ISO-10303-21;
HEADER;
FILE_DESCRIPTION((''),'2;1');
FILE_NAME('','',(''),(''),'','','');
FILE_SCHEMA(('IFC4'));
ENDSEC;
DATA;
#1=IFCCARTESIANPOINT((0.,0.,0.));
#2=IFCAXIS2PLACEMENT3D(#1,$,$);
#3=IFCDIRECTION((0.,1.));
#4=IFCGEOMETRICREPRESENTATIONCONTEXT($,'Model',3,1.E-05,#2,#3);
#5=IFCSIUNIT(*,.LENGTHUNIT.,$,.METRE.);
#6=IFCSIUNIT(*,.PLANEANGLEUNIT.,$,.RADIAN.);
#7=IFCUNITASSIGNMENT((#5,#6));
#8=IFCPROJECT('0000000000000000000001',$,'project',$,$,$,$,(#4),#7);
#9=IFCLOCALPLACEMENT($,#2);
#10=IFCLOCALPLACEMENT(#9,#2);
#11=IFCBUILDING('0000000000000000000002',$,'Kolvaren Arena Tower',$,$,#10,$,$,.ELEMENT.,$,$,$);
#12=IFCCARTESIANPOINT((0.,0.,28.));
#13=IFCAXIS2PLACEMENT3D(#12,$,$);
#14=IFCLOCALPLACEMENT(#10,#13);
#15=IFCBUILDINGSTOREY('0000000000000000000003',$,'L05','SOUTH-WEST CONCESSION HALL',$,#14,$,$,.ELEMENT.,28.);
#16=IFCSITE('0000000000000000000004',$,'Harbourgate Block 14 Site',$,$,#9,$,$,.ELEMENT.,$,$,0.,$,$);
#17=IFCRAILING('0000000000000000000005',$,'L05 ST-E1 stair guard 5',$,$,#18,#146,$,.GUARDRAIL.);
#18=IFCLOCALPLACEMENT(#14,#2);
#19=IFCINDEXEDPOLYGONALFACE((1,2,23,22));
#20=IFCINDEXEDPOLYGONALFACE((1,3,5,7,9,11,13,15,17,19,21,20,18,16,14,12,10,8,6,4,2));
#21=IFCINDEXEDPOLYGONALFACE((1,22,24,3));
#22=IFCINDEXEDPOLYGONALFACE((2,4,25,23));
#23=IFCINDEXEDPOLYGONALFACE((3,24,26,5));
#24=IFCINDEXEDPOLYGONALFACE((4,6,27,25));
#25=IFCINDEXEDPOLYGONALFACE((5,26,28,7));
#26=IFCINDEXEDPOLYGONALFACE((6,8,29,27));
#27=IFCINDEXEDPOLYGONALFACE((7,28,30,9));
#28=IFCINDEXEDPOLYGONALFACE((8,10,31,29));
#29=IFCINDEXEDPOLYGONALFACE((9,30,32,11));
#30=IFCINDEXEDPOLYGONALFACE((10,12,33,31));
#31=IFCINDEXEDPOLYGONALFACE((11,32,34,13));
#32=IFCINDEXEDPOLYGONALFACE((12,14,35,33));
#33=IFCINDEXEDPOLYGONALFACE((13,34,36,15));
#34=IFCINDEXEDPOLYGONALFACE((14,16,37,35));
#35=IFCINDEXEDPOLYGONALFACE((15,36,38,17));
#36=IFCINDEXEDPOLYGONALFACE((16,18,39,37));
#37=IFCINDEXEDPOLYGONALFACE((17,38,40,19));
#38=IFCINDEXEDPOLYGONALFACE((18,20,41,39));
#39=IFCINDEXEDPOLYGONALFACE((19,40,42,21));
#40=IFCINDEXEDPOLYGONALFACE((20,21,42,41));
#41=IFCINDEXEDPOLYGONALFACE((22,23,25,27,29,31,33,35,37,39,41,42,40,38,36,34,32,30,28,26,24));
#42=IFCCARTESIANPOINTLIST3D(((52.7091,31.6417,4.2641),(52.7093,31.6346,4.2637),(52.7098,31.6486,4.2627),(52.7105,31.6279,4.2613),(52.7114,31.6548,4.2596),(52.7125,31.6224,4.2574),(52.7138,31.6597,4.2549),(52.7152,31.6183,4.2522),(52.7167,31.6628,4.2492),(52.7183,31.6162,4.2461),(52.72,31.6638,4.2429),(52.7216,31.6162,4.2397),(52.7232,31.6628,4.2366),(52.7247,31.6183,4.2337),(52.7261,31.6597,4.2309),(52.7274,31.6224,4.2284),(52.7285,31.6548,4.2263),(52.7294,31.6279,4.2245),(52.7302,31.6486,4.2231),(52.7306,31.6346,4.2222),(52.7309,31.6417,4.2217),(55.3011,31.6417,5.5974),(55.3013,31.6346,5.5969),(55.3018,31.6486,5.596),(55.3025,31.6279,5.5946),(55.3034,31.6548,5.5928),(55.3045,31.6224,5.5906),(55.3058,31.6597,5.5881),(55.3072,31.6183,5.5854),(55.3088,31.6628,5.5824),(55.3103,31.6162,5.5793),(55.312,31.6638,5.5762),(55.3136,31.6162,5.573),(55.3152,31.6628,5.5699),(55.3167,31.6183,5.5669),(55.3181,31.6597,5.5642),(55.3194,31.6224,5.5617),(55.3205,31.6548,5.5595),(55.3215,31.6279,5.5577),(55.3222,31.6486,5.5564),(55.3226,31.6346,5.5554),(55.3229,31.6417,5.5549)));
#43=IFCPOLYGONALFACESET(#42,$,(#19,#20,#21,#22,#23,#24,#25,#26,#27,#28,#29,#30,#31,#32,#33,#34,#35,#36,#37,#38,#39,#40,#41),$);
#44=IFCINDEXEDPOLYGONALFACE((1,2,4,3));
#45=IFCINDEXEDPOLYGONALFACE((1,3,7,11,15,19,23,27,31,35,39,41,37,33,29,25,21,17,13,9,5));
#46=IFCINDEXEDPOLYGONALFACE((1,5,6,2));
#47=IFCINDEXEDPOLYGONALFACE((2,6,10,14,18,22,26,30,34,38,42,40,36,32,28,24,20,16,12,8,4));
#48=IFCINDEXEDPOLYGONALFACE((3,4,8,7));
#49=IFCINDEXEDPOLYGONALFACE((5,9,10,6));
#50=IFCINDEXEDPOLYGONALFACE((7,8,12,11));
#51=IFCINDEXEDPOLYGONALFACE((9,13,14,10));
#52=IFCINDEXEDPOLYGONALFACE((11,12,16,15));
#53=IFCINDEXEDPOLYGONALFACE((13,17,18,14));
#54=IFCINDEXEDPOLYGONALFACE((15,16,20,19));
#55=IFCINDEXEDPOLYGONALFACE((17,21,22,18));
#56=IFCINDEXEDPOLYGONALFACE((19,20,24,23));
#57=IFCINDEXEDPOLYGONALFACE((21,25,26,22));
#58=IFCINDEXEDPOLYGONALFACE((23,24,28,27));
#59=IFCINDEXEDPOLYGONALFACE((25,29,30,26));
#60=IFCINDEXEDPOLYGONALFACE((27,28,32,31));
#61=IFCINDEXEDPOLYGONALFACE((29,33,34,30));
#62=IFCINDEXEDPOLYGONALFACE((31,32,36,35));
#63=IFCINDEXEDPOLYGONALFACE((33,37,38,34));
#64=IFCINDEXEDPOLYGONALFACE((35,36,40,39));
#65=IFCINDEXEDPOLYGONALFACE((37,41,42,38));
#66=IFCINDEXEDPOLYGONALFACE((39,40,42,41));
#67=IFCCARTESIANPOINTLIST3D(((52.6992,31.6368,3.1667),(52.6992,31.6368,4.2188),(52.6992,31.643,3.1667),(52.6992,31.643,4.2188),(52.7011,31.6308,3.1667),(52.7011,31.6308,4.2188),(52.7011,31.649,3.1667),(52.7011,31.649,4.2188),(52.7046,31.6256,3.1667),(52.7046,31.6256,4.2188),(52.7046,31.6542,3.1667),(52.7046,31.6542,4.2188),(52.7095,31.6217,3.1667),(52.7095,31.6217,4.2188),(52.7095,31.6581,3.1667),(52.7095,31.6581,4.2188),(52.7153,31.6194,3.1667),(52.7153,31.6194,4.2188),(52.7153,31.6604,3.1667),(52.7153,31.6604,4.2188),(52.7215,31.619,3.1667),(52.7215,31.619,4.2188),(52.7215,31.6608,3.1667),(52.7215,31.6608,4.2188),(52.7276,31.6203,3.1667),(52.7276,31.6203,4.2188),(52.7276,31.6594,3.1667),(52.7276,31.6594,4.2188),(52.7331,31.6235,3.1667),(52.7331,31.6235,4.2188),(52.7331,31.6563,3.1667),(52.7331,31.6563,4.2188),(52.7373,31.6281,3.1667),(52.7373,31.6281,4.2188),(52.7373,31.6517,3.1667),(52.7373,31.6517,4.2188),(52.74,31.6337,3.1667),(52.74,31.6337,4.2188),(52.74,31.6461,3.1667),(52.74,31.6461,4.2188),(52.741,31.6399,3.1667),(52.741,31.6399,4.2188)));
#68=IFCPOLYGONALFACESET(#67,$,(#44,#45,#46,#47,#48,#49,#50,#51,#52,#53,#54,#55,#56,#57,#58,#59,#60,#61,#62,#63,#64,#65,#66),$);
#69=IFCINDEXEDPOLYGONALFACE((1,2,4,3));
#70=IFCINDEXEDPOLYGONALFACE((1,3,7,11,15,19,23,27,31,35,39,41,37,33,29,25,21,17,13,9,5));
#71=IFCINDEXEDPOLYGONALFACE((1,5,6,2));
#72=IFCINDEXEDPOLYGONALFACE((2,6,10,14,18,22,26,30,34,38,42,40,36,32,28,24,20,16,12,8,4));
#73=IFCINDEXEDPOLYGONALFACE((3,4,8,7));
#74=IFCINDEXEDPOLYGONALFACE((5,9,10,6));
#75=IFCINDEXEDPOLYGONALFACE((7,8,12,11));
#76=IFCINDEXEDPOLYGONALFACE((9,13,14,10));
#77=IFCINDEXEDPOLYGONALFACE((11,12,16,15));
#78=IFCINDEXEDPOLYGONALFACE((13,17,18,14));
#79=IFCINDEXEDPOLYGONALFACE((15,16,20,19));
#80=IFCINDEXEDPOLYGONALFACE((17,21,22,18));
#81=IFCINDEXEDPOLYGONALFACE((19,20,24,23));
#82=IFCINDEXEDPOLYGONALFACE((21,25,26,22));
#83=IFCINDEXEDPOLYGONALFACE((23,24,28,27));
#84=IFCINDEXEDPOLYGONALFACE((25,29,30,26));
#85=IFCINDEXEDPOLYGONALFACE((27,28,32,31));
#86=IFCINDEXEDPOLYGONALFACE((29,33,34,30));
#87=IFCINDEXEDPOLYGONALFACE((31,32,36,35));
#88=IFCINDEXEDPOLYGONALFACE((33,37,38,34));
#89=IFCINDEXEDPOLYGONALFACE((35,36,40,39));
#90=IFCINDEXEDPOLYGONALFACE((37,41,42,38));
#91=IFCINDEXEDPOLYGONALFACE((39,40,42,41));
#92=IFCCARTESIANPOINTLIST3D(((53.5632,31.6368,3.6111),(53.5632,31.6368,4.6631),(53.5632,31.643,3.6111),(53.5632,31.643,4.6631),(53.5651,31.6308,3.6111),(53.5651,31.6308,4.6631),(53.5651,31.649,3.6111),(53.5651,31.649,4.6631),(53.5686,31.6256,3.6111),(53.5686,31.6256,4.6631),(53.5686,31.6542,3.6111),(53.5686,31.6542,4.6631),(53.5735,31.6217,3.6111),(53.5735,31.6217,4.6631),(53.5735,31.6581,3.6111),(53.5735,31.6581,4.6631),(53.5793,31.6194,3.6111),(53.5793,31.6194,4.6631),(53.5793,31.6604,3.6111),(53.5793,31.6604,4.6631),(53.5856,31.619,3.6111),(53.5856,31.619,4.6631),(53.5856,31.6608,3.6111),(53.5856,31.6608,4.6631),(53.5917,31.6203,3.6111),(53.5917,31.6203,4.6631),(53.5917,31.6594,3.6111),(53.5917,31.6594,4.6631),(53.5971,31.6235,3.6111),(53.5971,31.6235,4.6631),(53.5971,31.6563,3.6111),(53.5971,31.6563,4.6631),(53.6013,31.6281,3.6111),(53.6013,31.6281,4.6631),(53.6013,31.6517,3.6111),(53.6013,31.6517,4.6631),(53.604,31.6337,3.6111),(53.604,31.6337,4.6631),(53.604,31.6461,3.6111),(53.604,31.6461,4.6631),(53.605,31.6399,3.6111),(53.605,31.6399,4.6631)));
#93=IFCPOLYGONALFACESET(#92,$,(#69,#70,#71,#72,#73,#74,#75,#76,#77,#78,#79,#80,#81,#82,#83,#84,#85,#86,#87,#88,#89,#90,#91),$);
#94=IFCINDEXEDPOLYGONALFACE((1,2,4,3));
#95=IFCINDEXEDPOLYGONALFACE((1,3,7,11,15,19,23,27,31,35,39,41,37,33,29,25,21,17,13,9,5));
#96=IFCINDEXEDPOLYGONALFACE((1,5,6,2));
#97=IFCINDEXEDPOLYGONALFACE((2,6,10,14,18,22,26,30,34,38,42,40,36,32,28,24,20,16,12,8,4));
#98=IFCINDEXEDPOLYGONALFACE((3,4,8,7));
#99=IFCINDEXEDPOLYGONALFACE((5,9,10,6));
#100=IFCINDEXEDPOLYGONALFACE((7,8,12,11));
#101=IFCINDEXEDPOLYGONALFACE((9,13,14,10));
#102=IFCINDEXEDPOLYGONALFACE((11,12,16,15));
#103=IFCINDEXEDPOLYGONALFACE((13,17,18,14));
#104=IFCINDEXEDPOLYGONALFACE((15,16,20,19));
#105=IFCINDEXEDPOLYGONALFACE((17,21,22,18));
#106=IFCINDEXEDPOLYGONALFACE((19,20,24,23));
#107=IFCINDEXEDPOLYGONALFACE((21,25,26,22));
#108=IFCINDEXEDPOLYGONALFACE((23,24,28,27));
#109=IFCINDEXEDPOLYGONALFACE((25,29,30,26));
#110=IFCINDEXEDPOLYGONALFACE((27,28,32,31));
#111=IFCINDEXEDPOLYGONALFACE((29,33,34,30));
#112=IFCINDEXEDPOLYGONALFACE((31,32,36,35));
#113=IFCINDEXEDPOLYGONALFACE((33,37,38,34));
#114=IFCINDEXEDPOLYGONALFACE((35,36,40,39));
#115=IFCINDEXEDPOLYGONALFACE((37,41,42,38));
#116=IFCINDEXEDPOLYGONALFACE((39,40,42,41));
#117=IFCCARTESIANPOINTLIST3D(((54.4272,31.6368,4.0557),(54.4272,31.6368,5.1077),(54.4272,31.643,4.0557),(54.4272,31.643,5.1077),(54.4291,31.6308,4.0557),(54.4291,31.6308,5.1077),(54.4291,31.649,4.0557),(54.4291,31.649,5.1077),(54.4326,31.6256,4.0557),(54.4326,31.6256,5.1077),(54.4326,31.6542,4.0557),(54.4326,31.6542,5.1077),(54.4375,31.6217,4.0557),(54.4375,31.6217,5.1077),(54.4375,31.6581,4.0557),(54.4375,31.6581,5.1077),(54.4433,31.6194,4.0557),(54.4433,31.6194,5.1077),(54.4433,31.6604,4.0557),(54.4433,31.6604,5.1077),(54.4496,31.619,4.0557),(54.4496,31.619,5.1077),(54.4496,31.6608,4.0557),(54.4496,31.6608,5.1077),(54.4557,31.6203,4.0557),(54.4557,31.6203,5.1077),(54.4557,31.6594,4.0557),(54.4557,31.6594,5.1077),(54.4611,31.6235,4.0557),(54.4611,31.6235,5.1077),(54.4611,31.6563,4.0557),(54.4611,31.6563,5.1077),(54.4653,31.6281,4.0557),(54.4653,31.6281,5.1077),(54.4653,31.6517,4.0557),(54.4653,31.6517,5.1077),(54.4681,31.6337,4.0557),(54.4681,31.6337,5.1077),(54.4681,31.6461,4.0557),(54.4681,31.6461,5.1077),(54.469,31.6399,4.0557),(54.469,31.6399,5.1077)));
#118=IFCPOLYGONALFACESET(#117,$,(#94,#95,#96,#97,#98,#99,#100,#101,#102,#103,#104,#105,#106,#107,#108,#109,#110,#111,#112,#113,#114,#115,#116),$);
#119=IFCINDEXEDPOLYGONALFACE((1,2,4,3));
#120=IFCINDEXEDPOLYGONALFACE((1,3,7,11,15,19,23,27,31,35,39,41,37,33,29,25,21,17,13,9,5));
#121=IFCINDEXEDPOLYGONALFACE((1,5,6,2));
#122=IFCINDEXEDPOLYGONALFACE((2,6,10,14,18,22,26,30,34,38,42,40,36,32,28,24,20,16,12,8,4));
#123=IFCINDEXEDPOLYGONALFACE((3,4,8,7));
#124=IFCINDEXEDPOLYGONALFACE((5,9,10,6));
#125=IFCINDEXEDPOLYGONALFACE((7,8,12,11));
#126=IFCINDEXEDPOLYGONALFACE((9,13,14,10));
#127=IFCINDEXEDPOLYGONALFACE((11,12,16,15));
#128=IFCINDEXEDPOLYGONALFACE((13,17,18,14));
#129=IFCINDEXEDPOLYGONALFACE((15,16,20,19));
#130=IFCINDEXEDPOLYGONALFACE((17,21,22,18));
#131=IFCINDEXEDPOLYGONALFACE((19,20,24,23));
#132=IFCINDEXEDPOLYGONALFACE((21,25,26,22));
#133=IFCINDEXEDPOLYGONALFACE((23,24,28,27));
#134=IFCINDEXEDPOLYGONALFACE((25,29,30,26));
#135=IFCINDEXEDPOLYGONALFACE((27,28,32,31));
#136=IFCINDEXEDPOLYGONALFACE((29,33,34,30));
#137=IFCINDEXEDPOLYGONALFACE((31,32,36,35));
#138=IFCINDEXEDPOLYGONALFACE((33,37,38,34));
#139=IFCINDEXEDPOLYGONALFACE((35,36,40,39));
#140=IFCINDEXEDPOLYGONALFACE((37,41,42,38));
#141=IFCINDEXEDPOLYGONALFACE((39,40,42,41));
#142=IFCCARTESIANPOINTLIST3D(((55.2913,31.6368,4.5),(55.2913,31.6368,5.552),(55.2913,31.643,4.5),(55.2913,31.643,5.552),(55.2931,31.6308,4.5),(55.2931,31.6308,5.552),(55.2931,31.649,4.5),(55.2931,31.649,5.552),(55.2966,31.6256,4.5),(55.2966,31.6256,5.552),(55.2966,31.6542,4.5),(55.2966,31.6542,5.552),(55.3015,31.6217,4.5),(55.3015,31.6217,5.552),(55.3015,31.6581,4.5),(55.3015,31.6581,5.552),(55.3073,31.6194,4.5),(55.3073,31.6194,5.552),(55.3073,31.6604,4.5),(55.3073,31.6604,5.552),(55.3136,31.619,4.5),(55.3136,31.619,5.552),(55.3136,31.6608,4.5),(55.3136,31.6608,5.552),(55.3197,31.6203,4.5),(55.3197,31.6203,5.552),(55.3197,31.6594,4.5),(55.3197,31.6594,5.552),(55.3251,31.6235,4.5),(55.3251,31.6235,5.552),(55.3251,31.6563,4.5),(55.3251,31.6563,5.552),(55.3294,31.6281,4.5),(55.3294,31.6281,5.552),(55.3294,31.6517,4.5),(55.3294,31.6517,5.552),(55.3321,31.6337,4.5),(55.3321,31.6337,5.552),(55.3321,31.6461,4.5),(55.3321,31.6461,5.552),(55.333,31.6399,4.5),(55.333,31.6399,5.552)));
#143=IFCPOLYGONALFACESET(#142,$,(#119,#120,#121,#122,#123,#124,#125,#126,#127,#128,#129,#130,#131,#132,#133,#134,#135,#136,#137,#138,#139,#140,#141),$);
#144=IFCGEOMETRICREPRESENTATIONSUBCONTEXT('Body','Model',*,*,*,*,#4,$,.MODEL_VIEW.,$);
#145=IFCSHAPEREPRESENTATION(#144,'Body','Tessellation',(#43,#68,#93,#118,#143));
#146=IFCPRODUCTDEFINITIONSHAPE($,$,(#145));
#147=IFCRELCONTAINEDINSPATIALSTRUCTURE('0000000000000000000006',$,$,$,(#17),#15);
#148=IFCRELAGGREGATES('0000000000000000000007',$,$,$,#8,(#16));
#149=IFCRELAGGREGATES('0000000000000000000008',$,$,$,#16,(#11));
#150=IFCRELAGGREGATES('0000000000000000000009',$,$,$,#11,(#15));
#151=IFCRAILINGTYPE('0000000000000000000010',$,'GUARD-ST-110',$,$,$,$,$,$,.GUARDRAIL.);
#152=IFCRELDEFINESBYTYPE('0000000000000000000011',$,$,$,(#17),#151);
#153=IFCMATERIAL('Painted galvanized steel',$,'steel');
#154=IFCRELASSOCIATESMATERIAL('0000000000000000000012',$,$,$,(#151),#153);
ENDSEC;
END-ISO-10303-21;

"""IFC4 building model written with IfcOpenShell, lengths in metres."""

from ifc_helpers import new_model, si_unit, direction, frame, origin, origin_2d, place, context, subcontext, project, spatial, circle, extrude, material, type_object, element, save


model = new_model("IFC4")

# Units and contexts
model_context = context("Model", 3, precision=1e-05, world=origin(), true_north=direction((0.0, 1.0)))
body_context = subcontext(model_context, "Body", "Model", "MODEL_VIEW")
ifc_project = project(units=[si_unit("LENGTHUNIT", "METRE"), si_unit("PLANEANGLEUNIT", "RADIAN")], contexts=[model_context])

# Site, building, storey
site_placement = place(None, origin())
site = spatial("IfcSite", under=ifc_project, at=site_placement, Name="Harbourgate Block 14 Site", CompositionType="ELEMENT", RefElevation=0.0)
building_placement = place(site_placement, origin())
building = spatial("IfcBuilding", under=site, at=building_placement, Name="Kolvaren Arena Tower", CompositionType="ELEMENT")
storey_placement = place(building_placement, frame((0.0, 0.0, 28.0)))
storey = spatial("IfcBuildingStorey", under=building, at=storey_placement, Name="L05", Description="SOUTH-WEST CONCESSION HALL", CompositionType="ELEMENT", Elevation=28.0)

# Railing
ifc_material_1 = material(Name="Painted galvanized steel", Category="steel")
railing_type_1 = type_object("IfcRailingType", Name="GUARD-ST-110", PredefinedType="GUARDRAIL", material=ifc_material_1)
railing_1_placement = place(storey_placement, frame((52.72, 31.6399, 3.1667)))
element("IfcRailing", 1, at=railing_1_placement, inside=storey, type_object=railing_type_1, Name="L05 ST-E1 stair guard 5", PredefinedType="GUARDRAIL", context=body_context, shape_type="SweptSolid", body=[
    extrude(circle(Radius=0.0239, at=origin_2d()), frame((0.0, 0.0, 1.0762), z_axis=(0.88926, 0.0, 0.457403), x_axis=(0.0, 1.0, 0.0)), (0.0, 0.0, 1.0), 2.9148),
    extrude(circle(Radius=0.021, at=origin_2d()), origin(), (0.0, 0.0, 1.0), 1.052),
    extrude(circle(Radius=0.021, at=origin_2d()), frame((0.864, 0.0, 0.4443)), (0.0, 0.0, 1.0), 1.052),
    extrude(circle(Radius=0.021, at=origin_2d()), frame((1.728, 0.0, 0.8889)), (0.0, 0.0, 1.0), 1.052),
    extrude(circle(Radius=0.021, at=origin_2d()), frame((2.592, 0.0, 1.3333)), (0.0, 0.0, 1.0), 1.052),
])

save(model, "model.ifc")
